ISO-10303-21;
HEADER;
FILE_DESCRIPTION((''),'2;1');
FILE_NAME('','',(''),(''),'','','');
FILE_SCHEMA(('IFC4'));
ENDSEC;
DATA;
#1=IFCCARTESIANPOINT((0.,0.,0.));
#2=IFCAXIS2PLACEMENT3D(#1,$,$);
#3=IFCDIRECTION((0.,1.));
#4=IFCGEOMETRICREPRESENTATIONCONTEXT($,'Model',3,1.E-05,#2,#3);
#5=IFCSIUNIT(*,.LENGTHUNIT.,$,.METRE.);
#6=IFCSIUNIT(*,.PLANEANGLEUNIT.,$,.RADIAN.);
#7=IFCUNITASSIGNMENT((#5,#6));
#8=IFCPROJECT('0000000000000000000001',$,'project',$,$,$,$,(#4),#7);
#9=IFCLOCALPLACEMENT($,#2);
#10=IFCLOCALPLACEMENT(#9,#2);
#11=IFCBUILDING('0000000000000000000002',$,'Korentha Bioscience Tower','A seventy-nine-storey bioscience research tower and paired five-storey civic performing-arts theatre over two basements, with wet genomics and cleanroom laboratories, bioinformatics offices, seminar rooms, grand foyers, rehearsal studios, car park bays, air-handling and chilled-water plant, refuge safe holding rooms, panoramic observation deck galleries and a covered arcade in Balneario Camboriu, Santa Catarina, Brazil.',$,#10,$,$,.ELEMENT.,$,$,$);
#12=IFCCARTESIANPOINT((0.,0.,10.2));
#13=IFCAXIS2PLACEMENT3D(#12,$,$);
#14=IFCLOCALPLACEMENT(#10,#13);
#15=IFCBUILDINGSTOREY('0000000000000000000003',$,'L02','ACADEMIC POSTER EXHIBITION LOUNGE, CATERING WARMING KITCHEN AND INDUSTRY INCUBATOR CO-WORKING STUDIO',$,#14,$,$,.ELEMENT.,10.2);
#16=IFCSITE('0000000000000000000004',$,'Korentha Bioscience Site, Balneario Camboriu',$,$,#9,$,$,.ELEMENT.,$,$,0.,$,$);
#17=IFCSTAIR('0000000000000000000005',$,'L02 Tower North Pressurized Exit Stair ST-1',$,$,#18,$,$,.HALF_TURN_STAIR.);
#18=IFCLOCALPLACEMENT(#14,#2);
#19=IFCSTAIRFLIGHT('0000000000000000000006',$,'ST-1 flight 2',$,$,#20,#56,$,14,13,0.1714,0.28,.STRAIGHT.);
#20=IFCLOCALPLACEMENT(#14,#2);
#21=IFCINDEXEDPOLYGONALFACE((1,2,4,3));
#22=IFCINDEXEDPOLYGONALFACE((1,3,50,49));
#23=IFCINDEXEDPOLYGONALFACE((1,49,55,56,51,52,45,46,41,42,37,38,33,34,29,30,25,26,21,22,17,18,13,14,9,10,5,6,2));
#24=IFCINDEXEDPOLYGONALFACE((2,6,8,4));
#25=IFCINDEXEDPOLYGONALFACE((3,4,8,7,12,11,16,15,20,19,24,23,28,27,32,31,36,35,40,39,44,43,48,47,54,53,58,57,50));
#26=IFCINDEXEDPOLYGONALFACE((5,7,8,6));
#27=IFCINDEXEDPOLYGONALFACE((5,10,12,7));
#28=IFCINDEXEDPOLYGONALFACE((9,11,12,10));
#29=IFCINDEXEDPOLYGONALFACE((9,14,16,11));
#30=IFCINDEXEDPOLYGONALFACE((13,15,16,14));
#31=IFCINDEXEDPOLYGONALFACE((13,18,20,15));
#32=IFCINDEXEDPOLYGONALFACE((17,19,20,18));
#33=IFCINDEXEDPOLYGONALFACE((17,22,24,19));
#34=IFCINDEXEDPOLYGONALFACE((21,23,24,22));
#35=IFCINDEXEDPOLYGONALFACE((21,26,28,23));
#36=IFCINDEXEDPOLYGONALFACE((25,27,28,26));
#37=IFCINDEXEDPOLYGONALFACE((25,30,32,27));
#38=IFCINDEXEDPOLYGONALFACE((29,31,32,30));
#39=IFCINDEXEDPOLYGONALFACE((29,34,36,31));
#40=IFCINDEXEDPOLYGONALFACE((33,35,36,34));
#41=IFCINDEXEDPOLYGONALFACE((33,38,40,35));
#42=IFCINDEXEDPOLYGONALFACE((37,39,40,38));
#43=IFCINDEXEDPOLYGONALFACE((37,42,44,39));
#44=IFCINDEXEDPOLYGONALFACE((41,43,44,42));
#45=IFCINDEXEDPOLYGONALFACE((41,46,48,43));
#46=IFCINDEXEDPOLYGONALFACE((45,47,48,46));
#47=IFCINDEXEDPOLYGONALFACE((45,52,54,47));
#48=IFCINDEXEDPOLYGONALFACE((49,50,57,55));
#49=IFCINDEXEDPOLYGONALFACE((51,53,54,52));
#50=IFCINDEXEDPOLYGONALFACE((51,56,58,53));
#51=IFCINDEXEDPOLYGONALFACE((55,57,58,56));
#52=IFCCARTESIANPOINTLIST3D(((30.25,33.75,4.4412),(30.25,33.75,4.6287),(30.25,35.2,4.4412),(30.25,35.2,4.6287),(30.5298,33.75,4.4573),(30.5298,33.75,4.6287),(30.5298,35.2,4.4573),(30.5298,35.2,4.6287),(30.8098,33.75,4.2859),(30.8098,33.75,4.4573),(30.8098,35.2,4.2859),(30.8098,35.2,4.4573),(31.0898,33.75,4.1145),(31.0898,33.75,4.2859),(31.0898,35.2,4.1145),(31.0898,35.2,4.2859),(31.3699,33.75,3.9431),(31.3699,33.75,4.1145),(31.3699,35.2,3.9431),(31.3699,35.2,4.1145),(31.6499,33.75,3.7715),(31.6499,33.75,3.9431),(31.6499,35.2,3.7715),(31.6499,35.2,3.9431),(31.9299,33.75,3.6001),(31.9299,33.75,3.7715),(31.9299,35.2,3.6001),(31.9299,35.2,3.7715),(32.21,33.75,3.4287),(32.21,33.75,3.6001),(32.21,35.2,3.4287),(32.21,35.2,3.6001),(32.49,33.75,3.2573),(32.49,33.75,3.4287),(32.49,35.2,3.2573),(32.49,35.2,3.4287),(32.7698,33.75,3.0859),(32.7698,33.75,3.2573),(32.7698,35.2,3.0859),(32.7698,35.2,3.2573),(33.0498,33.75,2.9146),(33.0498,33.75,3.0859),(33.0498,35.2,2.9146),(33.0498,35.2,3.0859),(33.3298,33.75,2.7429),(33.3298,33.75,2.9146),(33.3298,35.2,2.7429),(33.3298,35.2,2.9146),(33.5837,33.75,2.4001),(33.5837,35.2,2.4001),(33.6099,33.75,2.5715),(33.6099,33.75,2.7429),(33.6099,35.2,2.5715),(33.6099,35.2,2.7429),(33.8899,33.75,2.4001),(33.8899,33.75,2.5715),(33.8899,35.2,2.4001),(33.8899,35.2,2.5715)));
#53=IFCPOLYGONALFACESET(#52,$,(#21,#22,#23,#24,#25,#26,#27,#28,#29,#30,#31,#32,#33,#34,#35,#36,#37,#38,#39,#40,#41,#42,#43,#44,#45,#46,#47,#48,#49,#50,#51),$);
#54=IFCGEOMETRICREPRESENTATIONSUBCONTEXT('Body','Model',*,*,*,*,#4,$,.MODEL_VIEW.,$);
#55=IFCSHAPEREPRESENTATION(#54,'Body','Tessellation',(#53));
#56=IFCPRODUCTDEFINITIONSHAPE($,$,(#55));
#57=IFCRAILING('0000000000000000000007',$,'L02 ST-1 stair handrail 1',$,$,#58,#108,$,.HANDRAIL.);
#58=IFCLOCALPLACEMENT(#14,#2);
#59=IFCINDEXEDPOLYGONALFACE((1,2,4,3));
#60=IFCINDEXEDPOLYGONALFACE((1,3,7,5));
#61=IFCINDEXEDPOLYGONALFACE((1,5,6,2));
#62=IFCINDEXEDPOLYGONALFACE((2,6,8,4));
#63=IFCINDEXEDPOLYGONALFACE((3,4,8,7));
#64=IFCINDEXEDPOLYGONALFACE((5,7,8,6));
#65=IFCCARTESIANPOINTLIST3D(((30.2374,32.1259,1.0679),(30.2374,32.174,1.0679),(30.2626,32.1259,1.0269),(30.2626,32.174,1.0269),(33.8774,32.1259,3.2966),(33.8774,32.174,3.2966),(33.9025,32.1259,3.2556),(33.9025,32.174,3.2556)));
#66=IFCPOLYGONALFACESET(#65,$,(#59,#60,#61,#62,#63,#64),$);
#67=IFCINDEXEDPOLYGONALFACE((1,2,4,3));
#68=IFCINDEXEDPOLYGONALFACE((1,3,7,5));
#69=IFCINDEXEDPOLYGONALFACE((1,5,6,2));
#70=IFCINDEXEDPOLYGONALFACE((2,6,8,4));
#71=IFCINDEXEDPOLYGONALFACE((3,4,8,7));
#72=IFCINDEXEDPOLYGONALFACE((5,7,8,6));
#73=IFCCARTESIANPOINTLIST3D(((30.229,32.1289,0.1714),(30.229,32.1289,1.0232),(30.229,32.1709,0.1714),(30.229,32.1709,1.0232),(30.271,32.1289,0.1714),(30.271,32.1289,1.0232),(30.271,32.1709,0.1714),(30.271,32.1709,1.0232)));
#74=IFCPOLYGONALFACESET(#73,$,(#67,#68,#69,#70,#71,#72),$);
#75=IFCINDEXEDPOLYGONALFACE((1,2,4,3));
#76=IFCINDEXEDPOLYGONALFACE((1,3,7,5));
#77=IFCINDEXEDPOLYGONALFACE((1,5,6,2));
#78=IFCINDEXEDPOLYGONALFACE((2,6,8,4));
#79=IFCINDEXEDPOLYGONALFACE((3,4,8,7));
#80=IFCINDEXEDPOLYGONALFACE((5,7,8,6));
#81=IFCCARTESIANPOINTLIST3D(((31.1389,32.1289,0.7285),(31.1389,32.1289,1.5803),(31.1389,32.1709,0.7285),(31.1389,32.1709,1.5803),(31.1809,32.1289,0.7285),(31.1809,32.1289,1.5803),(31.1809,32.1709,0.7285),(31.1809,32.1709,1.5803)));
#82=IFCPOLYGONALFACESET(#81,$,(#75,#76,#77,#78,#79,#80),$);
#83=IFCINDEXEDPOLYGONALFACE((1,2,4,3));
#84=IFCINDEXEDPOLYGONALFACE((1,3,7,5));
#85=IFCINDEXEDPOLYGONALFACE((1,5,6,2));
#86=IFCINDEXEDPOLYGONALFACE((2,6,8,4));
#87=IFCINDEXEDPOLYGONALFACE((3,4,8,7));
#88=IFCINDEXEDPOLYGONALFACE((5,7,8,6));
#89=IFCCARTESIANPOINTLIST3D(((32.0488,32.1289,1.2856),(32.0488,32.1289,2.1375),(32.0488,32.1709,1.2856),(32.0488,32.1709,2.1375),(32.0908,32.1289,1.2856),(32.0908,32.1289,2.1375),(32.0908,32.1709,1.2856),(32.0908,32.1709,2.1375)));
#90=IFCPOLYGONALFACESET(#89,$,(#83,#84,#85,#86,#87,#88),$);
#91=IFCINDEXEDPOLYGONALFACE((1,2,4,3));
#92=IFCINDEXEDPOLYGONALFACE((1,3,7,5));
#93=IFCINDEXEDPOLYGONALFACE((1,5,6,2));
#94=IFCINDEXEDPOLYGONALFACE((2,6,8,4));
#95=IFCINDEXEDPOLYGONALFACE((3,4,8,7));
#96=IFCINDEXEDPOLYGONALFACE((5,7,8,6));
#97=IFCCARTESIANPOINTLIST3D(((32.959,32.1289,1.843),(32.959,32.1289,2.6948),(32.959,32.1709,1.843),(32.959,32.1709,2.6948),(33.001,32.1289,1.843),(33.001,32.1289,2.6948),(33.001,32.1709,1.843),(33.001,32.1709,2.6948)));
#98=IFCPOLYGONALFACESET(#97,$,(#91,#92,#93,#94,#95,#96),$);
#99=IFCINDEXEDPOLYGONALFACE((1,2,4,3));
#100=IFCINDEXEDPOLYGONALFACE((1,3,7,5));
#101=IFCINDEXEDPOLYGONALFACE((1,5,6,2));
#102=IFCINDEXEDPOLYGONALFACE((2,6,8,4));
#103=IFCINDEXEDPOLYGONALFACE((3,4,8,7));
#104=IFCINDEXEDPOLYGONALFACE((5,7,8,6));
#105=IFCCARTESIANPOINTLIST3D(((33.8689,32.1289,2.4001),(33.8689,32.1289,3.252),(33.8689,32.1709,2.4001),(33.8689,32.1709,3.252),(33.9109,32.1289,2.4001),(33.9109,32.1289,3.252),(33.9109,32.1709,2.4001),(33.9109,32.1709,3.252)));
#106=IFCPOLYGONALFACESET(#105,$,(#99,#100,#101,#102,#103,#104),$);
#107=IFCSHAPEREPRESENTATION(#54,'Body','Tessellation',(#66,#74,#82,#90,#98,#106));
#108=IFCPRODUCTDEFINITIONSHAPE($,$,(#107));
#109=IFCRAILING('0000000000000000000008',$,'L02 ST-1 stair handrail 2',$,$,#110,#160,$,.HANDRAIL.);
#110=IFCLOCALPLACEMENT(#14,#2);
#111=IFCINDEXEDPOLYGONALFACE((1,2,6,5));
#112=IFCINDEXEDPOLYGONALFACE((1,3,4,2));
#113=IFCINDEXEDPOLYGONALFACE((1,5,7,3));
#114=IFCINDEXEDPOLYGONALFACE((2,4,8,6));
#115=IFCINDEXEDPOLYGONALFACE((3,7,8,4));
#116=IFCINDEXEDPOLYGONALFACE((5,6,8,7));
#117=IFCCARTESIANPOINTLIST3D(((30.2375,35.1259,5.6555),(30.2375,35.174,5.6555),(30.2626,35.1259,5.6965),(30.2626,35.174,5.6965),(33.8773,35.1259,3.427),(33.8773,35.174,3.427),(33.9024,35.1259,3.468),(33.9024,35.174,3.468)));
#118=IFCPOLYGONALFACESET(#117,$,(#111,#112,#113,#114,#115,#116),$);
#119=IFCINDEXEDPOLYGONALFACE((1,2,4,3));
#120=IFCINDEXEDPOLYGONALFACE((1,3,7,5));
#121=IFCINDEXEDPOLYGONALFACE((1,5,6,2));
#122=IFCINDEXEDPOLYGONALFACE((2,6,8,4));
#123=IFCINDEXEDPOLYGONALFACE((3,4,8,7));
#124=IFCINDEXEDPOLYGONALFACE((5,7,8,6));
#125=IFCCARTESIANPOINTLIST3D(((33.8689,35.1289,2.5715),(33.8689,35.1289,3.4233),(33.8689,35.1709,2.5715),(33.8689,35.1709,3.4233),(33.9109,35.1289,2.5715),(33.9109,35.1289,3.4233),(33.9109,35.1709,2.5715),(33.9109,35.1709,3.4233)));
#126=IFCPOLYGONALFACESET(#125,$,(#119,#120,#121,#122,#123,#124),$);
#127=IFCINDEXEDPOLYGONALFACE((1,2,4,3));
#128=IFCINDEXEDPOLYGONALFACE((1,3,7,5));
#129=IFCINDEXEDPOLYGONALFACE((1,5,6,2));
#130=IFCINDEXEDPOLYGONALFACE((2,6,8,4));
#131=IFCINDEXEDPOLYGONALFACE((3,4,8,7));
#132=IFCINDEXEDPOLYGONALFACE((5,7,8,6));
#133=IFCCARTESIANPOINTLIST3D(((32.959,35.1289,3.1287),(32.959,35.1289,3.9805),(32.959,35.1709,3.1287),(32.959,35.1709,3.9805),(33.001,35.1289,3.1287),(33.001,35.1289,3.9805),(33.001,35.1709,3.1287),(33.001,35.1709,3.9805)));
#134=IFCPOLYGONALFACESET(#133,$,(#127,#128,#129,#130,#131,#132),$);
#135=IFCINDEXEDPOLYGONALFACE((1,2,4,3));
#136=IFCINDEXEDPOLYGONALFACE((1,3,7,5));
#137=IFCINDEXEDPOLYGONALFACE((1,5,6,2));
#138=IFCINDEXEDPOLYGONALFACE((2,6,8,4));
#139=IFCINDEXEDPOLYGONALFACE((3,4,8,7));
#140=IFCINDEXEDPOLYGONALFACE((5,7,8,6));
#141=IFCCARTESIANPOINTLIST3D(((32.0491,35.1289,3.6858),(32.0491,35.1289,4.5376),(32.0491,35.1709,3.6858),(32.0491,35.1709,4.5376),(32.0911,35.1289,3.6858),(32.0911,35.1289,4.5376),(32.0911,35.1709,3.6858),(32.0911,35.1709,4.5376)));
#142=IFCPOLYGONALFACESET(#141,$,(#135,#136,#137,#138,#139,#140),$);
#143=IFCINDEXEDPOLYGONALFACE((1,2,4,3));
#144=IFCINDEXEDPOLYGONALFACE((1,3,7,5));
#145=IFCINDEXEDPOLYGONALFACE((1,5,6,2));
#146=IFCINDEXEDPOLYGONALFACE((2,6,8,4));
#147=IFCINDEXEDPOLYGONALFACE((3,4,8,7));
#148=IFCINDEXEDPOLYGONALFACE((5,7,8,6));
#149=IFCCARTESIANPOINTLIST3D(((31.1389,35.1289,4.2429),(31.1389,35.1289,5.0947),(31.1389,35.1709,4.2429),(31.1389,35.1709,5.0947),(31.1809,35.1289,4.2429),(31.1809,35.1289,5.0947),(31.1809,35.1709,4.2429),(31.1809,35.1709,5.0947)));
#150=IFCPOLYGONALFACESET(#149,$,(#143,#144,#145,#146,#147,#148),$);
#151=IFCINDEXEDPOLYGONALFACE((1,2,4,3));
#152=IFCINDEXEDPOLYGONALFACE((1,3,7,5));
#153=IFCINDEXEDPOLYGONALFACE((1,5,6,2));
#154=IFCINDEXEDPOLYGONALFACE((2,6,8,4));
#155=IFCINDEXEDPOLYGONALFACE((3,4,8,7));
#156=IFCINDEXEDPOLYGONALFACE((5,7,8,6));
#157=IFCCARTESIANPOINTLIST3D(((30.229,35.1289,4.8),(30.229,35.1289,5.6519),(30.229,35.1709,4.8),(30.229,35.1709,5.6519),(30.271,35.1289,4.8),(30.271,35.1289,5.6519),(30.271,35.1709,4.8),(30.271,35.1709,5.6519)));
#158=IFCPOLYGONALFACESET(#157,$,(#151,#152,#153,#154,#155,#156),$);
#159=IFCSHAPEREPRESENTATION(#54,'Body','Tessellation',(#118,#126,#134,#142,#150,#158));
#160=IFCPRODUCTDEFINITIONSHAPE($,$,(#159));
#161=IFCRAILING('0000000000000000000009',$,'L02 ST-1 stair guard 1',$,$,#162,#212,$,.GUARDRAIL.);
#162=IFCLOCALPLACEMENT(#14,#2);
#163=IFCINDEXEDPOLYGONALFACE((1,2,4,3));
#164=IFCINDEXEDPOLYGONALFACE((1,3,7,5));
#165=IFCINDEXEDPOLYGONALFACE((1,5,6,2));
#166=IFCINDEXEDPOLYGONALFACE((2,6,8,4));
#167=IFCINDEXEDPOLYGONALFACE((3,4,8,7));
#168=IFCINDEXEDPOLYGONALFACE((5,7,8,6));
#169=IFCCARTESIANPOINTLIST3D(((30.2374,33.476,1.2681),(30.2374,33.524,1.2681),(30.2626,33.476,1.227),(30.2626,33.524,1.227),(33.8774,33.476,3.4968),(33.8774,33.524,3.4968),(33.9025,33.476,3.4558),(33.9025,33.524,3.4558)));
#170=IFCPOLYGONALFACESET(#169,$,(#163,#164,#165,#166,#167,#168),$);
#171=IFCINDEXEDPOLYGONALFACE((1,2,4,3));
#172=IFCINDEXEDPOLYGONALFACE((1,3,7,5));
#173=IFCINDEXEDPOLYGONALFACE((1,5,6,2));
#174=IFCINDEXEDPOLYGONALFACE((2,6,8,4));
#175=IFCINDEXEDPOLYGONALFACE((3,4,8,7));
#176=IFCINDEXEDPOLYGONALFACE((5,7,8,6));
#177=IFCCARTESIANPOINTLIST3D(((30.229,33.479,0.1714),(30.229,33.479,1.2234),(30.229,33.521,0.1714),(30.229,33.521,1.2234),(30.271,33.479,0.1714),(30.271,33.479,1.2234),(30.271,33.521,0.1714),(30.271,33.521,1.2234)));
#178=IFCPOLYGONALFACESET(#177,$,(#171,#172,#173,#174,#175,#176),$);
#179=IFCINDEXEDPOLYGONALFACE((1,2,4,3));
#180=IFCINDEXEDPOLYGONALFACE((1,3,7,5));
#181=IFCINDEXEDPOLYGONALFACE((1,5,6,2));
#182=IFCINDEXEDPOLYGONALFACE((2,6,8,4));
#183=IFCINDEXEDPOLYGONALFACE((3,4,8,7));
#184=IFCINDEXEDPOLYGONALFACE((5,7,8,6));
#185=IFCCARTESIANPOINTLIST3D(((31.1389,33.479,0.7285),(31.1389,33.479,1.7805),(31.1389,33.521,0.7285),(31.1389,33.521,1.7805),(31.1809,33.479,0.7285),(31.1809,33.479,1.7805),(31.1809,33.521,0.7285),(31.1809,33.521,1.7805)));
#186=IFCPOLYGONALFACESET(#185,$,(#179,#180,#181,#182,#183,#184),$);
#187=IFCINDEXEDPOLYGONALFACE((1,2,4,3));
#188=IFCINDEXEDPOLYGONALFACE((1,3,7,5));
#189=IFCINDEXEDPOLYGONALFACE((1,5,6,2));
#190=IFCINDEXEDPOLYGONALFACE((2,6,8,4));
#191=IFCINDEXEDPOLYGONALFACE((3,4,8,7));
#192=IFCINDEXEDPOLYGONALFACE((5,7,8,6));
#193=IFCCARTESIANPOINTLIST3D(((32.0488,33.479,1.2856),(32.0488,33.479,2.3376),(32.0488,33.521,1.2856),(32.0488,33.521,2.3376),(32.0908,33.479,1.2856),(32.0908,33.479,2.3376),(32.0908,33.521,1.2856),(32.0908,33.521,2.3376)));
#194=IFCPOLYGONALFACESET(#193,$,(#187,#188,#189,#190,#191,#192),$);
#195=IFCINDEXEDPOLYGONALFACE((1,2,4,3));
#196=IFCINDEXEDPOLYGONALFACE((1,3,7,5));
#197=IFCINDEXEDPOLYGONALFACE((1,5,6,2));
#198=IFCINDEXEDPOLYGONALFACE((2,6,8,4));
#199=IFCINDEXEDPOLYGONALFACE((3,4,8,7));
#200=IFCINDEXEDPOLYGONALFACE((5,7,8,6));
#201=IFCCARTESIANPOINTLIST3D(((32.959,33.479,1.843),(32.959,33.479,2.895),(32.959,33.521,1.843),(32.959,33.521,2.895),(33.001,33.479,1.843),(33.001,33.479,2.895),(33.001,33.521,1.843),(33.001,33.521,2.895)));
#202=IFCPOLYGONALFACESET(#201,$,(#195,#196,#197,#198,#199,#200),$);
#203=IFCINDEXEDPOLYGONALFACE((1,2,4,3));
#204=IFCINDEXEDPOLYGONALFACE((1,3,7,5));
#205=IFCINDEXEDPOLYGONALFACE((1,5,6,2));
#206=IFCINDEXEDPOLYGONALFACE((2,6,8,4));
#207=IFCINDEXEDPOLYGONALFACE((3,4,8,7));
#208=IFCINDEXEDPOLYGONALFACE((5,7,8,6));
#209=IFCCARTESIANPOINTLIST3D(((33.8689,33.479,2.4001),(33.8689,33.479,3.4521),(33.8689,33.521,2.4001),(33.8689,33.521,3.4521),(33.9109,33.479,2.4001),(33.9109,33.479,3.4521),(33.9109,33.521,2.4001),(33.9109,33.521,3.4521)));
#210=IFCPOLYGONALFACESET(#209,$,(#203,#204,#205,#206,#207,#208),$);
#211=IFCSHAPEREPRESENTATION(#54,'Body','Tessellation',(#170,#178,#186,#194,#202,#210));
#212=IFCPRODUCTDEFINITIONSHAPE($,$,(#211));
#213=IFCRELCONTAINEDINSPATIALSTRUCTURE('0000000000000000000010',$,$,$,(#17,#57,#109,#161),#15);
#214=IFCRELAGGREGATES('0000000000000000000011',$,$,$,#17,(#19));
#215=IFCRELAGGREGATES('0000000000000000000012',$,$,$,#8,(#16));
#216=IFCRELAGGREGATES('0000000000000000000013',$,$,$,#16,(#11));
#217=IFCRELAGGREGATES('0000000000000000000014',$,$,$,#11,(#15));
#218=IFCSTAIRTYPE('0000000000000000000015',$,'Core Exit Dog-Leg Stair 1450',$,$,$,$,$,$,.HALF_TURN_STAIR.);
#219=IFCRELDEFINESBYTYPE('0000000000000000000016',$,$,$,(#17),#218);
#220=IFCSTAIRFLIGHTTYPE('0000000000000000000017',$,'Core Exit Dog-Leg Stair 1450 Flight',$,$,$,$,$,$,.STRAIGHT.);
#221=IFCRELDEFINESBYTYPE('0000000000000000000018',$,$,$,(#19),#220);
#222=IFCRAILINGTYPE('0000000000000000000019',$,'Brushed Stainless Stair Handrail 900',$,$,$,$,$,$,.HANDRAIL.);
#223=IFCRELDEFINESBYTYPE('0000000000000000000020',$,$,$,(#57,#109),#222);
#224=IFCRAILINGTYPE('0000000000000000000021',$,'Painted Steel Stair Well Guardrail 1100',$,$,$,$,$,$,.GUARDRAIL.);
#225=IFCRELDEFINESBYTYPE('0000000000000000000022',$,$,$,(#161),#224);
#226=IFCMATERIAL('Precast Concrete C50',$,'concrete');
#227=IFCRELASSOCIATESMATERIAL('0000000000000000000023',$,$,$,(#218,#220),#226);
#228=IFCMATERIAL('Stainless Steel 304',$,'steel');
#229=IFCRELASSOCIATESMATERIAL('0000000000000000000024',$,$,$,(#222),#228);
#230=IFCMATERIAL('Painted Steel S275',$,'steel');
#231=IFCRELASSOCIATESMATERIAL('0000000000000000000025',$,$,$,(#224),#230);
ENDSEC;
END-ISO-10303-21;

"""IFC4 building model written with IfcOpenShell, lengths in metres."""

from ifc_helpers import new_model, si_unit, direction, frame, origin, origin_2d, place, context, subcontext, project, spatial, polyline, rectangle, outline, extrude, material, type_object, element, aggregate, save


model = new_model("IFC4")

# Units and contexts
model_context = context("Model", 3, precision=1e-05, world=origin(), true_north=direction((0.0, 1.0)))
body_context = subcontext(model_context, "Body", "Model", "MODEL_VIEW")
ifc_project = project(units=[si_unit("LENGTHUNIT", "METRE"), si_unit("PLANEANGLEUNIT", "RADIAN")], contexts=[model_context])

# Site, building, storey
site_placement = place(None, origin())
site = spatial("IfcSite", under=ifc_project, at=site_placement, Name="Korentha Bioscience Site, Balneario Camboriu", CompositionType="ELEMENT", RefElevation=0.0)
building_placement = place(site_placement, origin())
building = spatial("IfcBuilding", under=site, at=building_placement, Name="Korentha Bioscience Tower", Description="A seventy-nine-storey bioscience research tower and paired five-storey civic performing-arts theatre over two basements, with wet genomics and cleanroom laboratories, bioinformatics offices, seminar rooms, grand foyers, rehearsal studios, car park bays, air-handling and chilled-water plant, refuge safe holding rooms, panoramic observation deck galleries and a covered arcade in Balneario Camboriu, Santa Catarina, Brazil.", CompositionType="ELEMENT")
storey_placement = place(building_placement, frame((0.0, 0.0, 10.2)))
storey = spatial("IfcBuildingStorey", under=building, at=storey_placement, Name="L02", Description="ACADEMIC POSTER EXHIBITION LOUNGE, CATERING WARMING KITCHEN AND INDUSTRY INCUBATOR CO-WORKING STUDIO", CompositionType="ELEMENT", Elevation=10.2)

# Stair, stair flight
ifc_material_1 = material(Name="Precast Concrete C50", Category="concrete")
stair_type = type_object("IfcStairType", Name="Core Exit Dog-Leg Stair 1450", PredefinedType="HALF_TURN_STAIR", material=ifc_material_1)
stair_placement = place(storey_placement, origin())
stair = element("IfcStair", 1, at=stair_placement, inside=storey, type_object=stair_type, Name="L02 Tower North Pressurized Exit Stair ST-1", PredefinedType="HALF_TURN_STAIR")
stair_flight_type = type_object("IfcStairFlightType", Name="Core Exit Dog-Leg Stair 1450 Flight", PredefinedType="STRAIGHT", material=ifc_material_1)
stair_flight_1_placement = place(storey_placement, frame((33.8899, 34.4751, 2.4001), z_axis=(0.0, 0.0, 1.0), x_axis=(-1.0, 0.0, 0.0)))
stair_flight_1 = element("IfcStairFlight", 2, at=stair_flight_1_placement, type_object=stair_flight_type, Name="ST-1 flight 2", NumberOfRisers=14, NumberOfTreads=13, PredefinedType="STRAIGHT", RiserHeight=0.1714, TreadLength=0.28, context=body_context, shape_type="SweptSolid", body=[
    extrude(outline(polyline([(0.0, 0.0), (0.0, 0.1714), (0.28, 0.1714), (0.28, 0.3428), (0.5601, 0.3428), (0.5601, 0.5144), (0.8401, 0.5144), (0.8401, 0.6858), (1.1201, 0.6858), (1.1201, 0.8572), (1.3999, 0.8572), (1.3999, 1.0286), (1.6799, 1.0286), (1.6799, 1.2), (1.96, 1.2), (1.96, 1.3713), (2.24, 1.3713), (2.24, 1.543), (2.52, 1.543), (2.52, 1.7144), (2.8, 1.7144), (2.8, 1.8857), (3.0801, 1.8857), (3.0801, 2.0571), (3.3601, 2.0571), (3.3601, 2.2285), (3.6399, 2.2285), (3.6399, 2.3999), (3.6399, 2.041), (0.3062, 0.0), (0.0, 0.0)])), frame((0.0, 0.7251, 0.0), z_axis=(0.0, -1.0, 0.0), x_axis=(1.0, 0.0, 0.0)), (0.0, 0.0, 1.0), 1.45),
])
aggregate(stair, [stair_flight_1])

# Railings
ifc_material_2 = material(Name="Stainless Steel 304", Category="steel")
railing_type_1 = type_object("IfcRailingType", Name="Brushed Stainless Stair Handrail 900", PredefinedType="HANDRAIL", material=ifc_material_2)
railing_1_placement = place(storey_placement, frame((30.25, 32.1499, 0.1714)))
element("IfcRailing", 3, at=railing_1_placement, inside=storey, type_object=railing_type_1, Name="L02 ST-1 stair handrail 1", PredefinedType="HANDRAIL", context=body_context, shape_type="SweptSolid", body=[
    extrude(rectangle(XDim=0.0481, YDim=0.0481, at=origin_2d()), frame((0.0, 0.0, 0.876), z_axis=(0.852825, 0.0, 0.522197), x_axis=(0.0, 1.0, 0.0)), (0.0, 0.0, 1.0), 4.2681),
    extrude(rectangle(XDim=0.042, YDim=0.042, at=origin_2d()), origin(), (0.0, 0.0, 1.0), 0.8518),
    extrude(rectangle(XDim=0.042, YDim=0.042, at=origin_2d()), frame((0.9099, 0.0, 0.5571)), (0.0, 0.0, 1.0), 0.8518),
    extrude(rectangle(XDim=0.042, YDim=0.042, at=origin_2d()), frame((1.8198, 0.0, 1.1143)), (0.0, 0.0, 1.0), 0.8518),
    extrude(rectangle(XDim=0.042, YDim=0.042, at=origin_2d()), frame((2.73, 0.0, 1.6716)), (0.0, 0.0, 1.0), 0.8518),
    extrude(rectangle(XDim=0.042, YDim=0.042, at=origin_2d()), frame((3.6399, 0.0, 2.2288)), (0.0, 0.0, 1.0), 0.8518),
])
railing_2_placement = place(storey_placement, frame((33.8899, 35.1499, 2.5715)))
element("IfcRailing", 4, at=railing_2_placement, inside=storey, type_object=railing_type_1, Name="L02 ST-1 stair handrail 2", PredefinedType="HANDRAIL", context=body_context, shape_type="SweptSolid", body=[
    extrude(rectangle(XDim=0.0481, YDim=0.0481, at=origin_2d()), frame((0.0, 0.0, 0.876), z_axis=(-0.85285, 0.0, 0.522156), x_axis=(0.0, -1.0, 0.0)), (0.0, 0.0, 1.0), 4.2678),
    extrude(rectangle(XDim=0.042, YDim=0.042, at=origin_2d()), origin(), (0.0, 0.0, 1.0), 0.8518),
    extrude(rectangle(XDim=0.042, YDim=0.042, at=origin_2d()), frame((-0.9099, 0.0, 0.5571)), (0.0, 0.0, 1.0), 0.8518),
    extrude(rectangle(XDim=0.042, YDim=0.042, at=origin_2d()), frame((-1.8198, 0.0, 1.1143)), (0.0, 0.0, 1.0), 0.8518),
    extrude(rectangle(XDim=0.042, YDim=0.042, at=origin_2d()), frame((-2.73, 0.0, 1.6714)), (0.0, 0.0, 1.0), 0.8518),
    extrude(rectangle(XDim=0.042, YDim=0.042, at=origin_2d()), frame((-3.6399, 0.0, 2.2285)), (0.0, 0.0, 1.0), 0.8518),
])
ifc_material_3 = material(Name="Painted Steel S275", Category="steel")
railing_type_2 = type_object("IfcRailingType", Name="Painted Steel Stair Well Guardrail 1100", PredefinedType="GUARDRAIL", material=ifc_material_3)
railing_3_placement = place(storey_placement, frame((30.25, 33.5, 0.1714)))
element("IfcRailing", 5, at=railing_3_placement, inside=storey, type_object=railing_type_2, Name="L02 ST-1 stair guard 1", PredefinedType="GUARDRAIL", context=body_context, shape_type="SweptSolid", body=[
    extrude(rectangle(XDim=0.0481, YDim=0.0481, at=origin_2d()), frame((0.0, 0.0, 1.0762), z_axis=(0.852825, 0.0, 0.522197), x_axis=(0.0, 1.0, 0.0)), (0.0, 0.0, 1.0), 4.2681),
    extrude(rectangle(XDim=0.042, YDim=0.042, at=origin_2d()), origin(), (0.0, 0.0, 1.0), 1.052),
    extrude(rectangle(XDim=0.042, YDim=0.042, at=origin_2d()), frame((0.9099, 0.0, 0.5571)), (0.0, 0.0, 1.0), 1.052),
    extrude(rectangle(XDim=0.042, YDim=0.042, at=origin_2d()), frame((1.8198, 0.0, 1.1143)), (0.0, 0.0, 1.0), 1.052),
    extrude(rectangle(XDim=0.042, YDim=0.042, at=origin_2d()), frame((2.73, 0.0, 1.6716)), (0.0, 0.0, 1.0), 1.052),
    extrude(rectangle(XDim=0.042, YDim=0.042, at=origin_2d()), frame((3.6399, 0.0, 2.2288)), (0.0, 0.0, 1.0), 1.052),
])

save(model, "model.ifc")
